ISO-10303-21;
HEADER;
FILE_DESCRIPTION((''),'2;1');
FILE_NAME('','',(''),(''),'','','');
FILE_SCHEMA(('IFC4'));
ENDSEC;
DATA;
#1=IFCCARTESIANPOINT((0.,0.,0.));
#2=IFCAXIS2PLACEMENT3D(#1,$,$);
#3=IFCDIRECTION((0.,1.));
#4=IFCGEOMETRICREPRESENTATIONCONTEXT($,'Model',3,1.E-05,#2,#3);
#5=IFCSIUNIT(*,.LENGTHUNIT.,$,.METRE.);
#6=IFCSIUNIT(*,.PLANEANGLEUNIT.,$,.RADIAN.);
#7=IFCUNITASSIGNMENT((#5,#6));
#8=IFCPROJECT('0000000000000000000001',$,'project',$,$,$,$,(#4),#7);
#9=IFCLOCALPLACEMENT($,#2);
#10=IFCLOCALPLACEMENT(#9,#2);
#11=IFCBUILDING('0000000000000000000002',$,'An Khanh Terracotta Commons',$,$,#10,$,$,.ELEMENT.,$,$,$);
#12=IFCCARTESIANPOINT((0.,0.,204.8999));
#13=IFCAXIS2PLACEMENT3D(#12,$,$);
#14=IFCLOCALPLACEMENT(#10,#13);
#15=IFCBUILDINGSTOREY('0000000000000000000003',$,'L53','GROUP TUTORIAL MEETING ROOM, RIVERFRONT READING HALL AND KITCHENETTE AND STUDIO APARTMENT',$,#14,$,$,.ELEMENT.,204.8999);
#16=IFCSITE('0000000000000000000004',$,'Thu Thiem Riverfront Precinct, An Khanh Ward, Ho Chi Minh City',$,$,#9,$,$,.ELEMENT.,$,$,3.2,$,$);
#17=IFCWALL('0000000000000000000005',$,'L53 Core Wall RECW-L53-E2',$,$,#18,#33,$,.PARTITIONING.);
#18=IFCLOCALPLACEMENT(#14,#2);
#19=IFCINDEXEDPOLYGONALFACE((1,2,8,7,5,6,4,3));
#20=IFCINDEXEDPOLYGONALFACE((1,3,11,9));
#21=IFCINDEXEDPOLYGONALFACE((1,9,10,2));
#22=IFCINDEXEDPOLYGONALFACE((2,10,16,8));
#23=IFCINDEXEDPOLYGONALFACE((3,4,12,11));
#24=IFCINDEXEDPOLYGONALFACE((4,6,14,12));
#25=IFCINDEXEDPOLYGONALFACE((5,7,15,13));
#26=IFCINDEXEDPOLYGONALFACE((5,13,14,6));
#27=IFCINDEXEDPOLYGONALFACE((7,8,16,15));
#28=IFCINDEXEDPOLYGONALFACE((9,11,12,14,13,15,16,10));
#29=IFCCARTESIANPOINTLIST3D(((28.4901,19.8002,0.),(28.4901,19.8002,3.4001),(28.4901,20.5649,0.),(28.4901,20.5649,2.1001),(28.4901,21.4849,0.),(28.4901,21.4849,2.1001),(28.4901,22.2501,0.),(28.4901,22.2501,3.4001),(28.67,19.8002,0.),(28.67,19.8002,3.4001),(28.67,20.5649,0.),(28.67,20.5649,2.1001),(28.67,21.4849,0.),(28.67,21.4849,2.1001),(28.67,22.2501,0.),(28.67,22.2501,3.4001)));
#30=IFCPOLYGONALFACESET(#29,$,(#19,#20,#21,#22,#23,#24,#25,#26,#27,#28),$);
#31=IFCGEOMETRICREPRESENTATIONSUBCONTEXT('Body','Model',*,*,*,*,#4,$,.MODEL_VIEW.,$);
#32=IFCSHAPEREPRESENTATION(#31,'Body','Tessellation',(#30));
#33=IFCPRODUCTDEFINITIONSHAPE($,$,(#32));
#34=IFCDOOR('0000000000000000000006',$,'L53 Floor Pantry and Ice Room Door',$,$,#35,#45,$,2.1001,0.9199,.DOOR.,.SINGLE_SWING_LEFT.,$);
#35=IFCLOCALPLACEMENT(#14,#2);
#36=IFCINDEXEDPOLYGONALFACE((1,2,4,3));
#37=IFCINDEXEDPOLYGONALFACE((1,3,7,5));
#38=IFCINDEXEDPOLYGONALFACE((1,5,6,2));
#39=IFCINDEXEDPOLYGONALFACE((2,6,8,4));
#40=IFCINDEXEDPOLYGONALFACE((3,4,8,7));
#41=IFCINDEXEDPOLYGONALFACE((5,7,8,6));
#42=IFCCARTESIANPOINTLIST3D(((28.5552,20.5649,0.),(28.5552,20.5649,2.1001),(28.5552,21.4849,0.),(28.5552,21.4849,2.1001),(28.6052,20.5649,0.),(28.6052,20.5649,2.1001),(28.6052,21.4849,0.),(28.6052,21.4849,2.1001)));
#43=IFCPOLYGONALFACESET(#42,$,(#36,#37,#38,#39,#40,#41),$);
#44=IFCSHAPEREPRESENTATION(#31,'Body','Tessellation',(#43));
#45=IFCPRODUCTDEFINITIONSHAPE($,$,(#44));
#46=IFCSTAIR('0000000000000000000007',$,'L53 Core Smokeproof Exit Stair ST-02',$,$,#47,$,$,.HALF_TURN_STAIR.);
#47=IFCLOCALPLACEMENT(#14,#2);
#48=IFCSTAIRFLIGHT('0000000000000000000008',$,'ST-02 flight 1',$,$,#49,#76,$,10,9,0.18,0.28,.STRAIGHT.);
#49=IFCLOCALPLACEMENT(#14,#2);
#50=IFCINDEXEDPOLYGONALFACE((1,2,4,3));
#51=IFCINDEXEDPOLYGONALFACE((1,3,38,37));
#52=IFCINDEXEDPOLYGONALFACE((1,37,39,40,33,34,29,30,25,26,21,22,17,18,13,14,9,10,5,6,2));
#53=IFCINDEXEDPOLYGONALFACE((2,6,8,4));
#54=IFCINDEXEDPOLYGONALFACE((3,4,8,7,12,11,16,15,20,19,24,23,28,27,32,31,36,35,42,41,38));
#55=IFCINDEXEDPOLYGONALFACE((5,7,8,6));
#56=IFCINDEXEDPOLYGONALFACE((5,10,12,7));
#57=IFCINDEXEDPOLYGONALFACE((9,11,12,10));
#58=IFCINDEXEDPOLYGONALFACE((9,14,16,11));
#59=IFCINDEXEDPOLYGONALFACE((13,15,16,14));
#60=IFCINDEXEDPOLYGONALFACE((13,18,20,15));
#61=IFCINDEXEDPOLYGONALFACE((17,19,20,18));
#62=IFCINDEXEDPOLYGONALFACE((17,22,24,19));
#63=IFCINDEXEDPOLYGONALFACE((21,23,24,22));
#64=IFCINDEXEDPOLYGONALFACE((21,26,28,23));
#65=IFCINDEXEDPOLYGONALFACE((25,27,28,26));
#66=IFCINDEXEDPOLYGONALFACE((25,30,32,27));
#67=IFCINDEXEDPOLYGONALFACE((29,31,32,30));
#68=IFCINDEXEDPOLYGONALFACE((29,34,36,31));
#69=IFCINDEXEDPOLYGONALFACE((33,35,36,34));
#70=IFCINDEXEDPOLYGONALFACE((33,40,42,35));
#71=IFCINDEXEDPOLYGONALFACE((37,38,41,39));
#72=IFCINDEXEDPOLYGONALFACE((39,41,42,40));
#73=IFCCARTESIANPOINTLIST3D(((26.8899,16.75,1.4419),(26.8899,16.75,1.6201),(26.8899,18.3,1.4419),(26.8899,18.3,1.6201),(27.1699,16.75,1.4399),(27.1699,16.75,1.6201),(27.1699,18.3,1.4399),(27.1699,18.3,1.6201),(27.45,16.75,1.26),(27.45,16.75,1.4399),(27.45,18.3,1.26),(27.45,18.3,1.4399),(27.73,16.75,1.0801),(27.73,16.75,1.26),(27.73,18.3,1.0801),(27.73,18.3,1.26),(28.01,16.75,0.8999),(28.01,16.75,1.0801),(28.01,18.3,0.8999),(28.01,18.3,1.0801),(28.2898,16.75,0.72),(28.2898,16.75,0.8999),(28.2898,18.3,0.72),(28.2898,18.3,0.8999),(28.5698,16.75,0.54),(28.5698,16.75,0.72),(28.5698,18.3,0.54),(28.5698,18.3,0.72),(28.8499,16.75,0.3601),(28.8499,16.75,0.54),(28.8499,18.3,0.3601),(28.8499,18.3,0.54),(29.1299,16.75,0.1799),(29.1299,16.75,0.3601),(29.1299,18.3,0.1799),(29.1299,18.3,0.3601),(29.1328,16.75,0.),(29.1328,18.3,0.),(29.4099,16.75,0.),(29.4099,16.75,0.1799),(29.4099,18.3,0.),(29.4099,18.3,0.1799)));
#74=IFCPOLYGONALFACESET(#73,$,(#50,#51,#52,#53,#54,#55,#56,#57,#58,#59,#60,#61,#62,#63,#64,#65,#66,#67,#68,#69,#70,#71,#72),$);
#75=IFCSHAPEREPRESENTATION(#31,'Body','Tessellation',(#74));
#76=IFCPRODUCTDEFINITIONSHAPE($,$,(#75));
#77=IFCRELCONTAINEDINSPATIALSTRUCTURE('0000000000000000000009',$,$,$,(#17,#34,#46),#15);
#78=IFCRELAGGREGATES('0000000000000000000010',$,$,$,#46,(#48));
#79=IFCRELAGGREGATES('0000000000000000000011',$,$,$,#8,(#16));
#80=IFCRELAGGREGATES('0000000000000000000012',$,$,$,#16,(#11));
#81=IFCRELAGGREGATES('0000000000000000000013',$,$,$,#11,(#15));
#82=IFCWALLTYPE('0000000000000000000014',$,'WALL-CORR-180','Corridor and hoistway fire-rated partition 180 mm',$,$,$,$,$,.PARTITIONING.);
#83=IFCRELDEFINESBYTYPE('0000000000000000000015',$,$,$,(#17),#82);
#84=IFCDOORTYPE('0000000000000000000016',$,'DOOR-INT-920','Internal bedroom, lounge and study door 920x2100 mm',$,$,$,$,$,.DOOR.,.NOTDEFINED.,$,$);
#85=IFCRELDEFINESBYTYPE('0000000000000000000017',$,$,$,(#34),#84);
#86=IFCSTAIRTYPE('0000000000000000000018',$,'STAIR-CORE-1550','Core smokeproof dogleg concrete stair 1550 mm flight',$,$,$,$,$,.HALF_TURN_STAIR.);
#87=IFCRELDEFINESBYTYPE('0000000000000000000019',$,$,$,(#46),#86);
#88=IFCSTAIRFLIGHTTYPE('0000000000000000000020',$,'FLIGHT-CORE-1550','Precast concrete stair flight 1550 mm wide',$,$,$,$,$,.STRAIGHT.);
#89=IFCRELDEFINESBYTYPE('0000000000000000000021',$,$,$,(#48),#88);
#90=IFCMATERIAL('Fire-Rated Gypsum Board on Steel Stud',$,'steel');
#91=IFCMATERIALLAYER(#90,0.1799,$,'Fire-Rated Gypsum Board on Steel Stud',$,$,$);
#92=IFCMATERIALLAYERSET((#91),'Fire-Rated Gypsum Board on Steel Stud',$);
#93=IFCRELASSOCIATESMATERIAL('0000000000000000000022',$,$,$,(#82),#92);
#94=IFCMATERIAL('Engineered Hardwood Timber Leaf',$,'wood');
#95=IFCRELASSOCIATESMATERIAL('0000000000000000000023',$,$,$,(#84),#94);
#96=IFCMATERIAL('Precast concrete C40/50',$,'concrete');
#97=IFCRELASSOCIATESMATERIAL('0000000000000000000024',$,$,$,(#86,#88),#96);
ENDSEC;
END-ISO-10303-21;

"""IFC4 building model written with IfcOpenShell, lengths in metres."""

from ifc_helpers import new_model, si_unit, direction, frame, frame_2d, origin, place, context, subcontext, project, spatial, polyline, rectangle, outline, extrude, material, layer, layer_set, type_object, element, fill, aggregate, save


model = new_model("IFC4")

# Units and contexts
model_context = context("Model", 3, precision=1e-05, world=origin(), true_north=direction((0.0, 1.0)))
body_context = subcontext(model_context, "Body", "Model", "MODEL_VIEW")
ifc_project = project(units=[si_unit("LENGTHUNIT", "METRE"), si_unit("PLANEANGLEUNIT", "RADIAN")], contexts=[model_context])

# Site, building, storey
site_placement = place(None, origin())
site = spatial("IfcSite", under=ifc_project, at=site_placement, Name="Thu Thiem Riverfront Precinct, An Khanh Ward, Ho Chi Minh City", CompositionType="ELEMENT", RefElevation=3.2)
building_placement = place(site_placement, origin())
building = spatial("IfcBuilding", under=site, at=building_placement, Name="An Khanh Terracotta Commons", CompositionType="ELEMENT")
storey_placement = place(building_placement, frame((0.0, 0.0, 204.8999)))
storey = spatial("IfcBuildingStorey", under=building, at=storey_placement, Name="L53", Description="GROUP TUTORIAL MEETING ROOM, RIVERFRONT READING HALL AND KITCHENETTE AND STUDIO APARTMENT", CompositionType="ELEMENT", Elevation=204.8999)

# Shared definitions
ifc_material_1 = material(Name="Fire-Rated Gypsum Board on Steel Stud", Category="steel")
ifc_layer = layer(ifc_material_1, 0.1799, Name="Fire-Rated Gypsum Board on Steel Stud")
ifc_layer_set = layer_set([ifc_layer], Name="Fire-Rated Gypsum Board on Steel Stud")
wall_type = type_object("IfcWallType", Name="WALL-CORR-180", Description="Corridor and hoistway fire-rated partition 180 mm", PredefinedType="PARTITIONING", material=ifc_layer_set)

# Wall, opening, door
wall_1_placement = place(storey_placement, frame((28.5801, 19.8, 0.0), z_axis=(0.0, 0.0, 1.0), x_axis=(0.0, 1.0, 0.0)))
wall_1 = element("IfcWall", 1, at=wall_1_placement, inside=storey, type_object=wall_type, Name="L53 Core Wall RECW-L53-E2", PredefinedType="PARTITIONING", context=body_context, shape_type="SweptSolid", body=[
    extrude(rectangle(XDim=2.45, YDim=0.1799, at=frame_2d((1.2251, 0.0))), origin(), (0.0, 0.0, 1.0), 3.4001),
])
opening_1_placement = place(wall_1_placement, frame((0.7649, 0.0, 0.0)))
opening_1 = element("IfcOpeningElement", 2, at=opening_1_placement, cuts=wall_1, PredefinedType="OPENING", context=body_context, shape_type="SweptSolid", body=[
    extrude(rectangle(XDim=0.9199, YDim=2.1001, at=frame_2d((0.46, 1.05))), frame((0.0, 0.0999, 0.0), z_axis=(0.0, -1.0, 0.0), x_axis=(1.0, 0.0, 0.0)), (0.0, 0.0, 1.0), 0.2),
])
ifc_material_2 = material(Name="Engineered Hardwood Timber Leaf", Category="wood")
door_type_1 = type_object("IfcDoorType", Name="DOOR-INT-920", Description="Internal bedroom, lounge and study door 920x2100 mm", OperationType="NOTDEFINED", PredefinedType="DOOR", material=ifc_material_2)
door_1_placement = place(opening_1_placement, origin())
door_1 = element("IfcDoor", 3, at=door_1_placement, inside=storey, type_object=door_type_1, Name="L53 Floor Pantry and Ice Room Door", OperationType="SINGLE_SWING_LEFT", OverallHeight=2.1001, OverallWidth=0.9199, PredefinedType="DOOR", context=body_context, shape_type="SweptSolid", body=[
    extrude(rectangle(XDim=0.9199, YDim=2.1001, at=frame_2d((0.46, 1.05))), frame((0.0, 0.0249, 0.0), z_axis=(0.0, -1.0, 0.0), x_axis=(1.0, 0.0, 0.0)), (0.0, 0.0, 1.0), 0.05),
])
fill(opening_1, door_1)

# Stair, stair flight
ifc_material_3 = material(Name="Precast concrete C40/50", Category="concrete")
stair_type = type_object("IfcStairType", Name="STAIR-CORE-1550", Description="Core smokeproof dogleg concrete stair 1550 mm flight", PredefinedType="HALF_TURN_STAIR", material=ifc_material_3)
stair_placement = place(storey_placement, origin())
stair = element("IfcStair", 4, at=stair_placement, inside=storey, type_object=stair_type, Name="L53 Core Smokeproof Exit Stair ST-02", PredefinedType="HALF_TURN_STAIR")
stair_flight_type = type_object("IfcStairFlightType", Name="FLIGHT-CORE-1550", Description="Precast concrete stair flight 1550 mm wide", PredefinedType="STRAIGHT", material=ifc_material_3)
stair_flight_placement = place(storey_placement, frame((29.4099, 17.5249, 0.0), z_axis=(0.0, 0.0, 1.0), x_axis=(-1.0, 0.0, 0.0)))
stair_flight = element("IfcStairFlight", 5, at=stair_flight_placement, type_object=stair_flight_type, Name="ST-02 flight 1", NumberOfRisers=10, NumberOfTreads=9, PredefinedType="STRAIGHT", RiserHeight=0.18, TreadLength=0.28, context=body_context, shape_type="SweptSolid", body=[
    extrude(outline(polyline([(0.0, 0.0), (0.0, 0.1799), (0.28, 0.1799), (0.28, 0.3601), (0.5601, 0.3601), (0.5601, 0.54), (0.8401, 0.54), (0.8401, 0.72), (1.1201, 0.72), (1.1201, 0.8999), (1.3999, 0.8999), (1.3999, 1.0801), (1.6799, 1.0801), (1.6799, 1.26), (1.96, 1.26), (1.96, 1.4399), (2.24, 1.4399), (2.24, 1.6201), (2.52, 1.6201), (2.52, 1.8), (2.52, 1.4419), (0.2771, 0.0), (0.0, 0.0)])), frame((0.0, 0.7749, 0.0), z_axis=(0.0, -1.0, 0.0), x_axis=(1.0, 0.0, 0.0)), (0.0, 0.0, 1.0), 1.55),
])
aggregate(stair, [stair_flight])

save(model, "model.ifc")
